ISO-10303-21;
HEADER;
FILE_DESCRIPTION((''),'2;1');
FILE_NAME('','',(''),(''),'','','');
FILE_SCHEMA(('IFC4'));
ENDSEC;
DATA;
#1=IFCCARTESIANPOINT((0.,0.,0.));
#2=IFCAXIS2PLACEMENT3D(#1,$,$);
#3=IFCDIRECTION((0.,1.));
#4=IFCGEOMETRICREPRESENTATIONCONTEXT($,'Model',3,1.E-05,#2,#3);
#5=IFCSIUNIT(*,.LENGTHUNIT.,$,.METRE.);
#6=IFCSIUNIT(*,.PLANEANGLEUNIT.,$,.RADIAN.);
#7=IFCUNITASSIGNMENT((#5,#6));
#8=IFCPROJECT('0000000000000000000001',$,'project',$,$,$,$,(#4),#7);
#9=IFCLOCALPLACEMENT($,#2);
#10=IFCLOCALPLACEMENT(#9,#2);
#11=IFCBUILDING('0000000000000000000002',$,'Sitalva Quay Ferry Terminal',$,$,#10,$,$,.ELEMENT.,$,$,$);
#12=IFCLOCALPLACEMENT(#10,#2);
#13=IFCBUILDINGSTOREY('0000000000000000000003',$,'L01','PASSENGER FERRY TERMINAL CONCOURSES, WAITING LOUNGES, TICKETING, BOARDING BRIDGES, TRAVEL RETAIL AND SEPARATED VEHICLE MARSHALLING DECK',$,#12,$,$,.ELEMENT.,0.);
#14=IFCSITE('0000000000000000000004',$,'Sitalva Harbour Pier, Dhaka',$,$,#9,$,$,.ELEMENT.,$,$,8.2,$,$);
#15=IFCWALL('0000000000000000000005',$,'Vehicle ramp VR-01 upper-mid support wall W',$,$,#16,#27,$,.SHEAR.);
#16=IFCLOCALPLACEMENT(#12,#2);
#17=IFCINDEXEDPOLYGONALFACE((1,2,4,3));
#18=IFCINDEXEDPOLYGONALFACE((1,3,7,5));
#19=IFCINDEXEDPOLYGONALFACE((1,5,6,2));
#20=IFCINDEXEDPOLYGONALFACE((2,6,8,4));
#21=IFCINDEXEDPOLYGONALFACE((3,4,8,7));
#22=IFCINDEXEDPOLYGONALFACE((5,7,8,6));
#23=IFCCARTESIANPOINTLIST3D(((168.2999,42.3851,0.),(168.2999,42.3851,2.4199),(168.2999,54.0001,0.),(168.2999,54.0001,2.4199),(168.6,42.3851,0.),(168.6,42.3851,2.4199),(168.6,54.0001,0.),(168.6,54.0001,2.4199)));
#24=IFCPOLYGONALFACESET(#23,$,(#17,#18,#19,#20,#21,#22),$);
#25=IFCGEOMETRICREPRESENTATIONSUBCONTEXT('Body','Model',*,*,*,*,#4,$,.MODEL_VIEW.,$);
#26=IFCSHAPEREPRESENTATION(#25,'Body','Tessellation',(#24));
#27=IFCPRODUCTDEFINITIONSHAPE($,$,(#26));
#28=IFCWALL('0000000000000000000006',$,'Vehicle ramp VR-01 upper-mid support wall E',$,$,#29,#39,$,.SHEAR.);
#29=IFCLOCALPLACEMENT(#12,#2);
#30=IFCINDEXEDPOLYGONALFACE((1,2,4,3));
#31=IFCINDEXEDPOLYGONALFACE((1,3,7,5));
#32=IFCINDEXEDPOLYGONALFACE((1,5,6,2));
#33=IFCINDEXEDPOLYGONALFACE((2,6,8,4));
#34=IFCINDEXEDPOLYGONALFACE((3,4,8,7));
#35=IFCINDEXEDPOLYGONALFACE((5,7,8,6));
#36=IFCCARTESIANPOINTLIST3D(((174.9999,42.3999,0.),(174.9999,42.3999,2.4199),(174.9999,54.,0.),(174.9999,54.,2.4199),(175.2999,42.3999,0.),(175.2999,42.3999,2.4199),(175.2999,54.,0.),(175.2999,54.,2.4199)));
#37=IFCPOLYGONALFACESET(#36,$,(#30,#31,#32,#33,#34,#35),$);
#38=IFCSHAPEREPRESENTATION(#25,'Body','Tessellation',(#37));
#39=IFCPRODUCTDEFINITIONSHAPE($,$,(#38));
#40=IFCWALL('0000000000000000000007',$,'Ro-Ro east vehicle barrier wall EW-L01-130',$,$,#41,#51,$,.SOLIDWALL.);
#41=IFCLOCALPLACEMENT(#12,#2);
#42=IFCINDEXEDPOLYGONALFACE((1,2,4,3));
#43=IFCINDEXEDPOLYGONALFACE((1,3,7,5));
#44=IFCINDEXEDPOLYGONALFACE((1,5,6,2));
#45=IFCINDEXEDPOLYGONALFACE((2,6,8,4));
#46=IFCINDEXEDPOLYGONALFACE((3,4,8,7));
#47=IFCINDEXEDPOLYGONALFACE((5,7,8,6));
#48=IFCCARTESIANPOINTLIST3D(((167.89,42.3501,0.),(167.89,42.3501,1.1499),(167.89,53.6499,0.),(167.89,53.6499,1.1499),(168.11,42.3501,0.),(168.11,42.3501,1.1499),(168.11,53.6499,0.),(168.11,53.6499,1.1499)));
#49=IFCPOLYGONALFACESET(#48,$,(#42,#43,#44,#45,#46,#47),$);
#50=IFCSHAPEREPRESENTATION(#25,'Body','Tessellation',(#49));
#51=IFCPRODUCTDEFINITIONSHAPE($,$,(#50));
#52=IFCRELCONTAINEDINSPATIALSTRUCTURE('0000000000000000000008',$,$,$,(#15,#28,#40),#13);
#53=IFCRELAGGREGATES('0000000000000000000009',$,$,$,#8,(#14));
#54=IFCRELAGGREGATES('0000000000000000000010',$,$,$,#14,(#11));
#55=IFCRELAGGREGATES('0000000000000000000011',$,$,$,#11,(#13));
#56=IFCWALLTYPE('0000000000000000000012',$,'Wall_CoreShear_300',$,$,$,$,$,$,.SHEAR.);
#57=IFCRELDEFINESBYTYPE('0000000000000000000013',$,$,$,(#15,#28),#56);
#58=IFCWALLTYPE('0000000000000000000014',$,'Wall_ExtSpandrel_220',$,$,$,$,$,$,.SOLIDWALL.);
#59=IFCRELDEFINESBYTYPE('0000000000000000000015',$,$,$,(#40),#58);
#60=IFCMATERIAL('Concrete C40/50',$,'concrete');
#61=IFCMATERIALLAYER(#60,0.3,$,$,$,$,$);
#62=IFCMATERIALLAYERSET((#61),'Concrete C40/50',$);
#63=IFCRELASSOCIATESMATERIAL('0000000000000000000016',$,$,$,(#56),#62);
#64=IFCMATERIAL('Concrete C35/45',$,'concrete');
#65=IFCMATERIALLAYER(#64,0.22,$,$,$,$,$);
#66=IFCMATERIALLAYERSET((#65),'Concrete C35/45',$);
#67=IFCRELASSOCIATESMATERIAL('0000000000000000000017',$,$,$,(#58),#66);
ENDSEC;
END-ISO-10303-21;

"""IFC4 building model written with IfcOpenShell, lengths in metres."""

from ifc_helpers import new_model, si_unit, direction, frame, frame_2d, origin, place, context, subcontext, project, spatial, rectangle, extrude, material, layer, layer_set, type_object, element, save


model = new_model("IFC4")

# Units and contexts
model_context = context("Model", 3, precision=1e-05, world=origin(), true_north=direction((0.0, 1.0)))
body_context = subcontext(model_context, "Body", "Model", "MODEL_VIEW")
ifc_project = project(units=[si_unit("LENGTHUNIT", "METRE"), si_unit("PLANEANGLEUNIT", "RADIAN")], contexts=[model_context])

# Site, building, storey
site_placement = place(None, origin())
site = spatial("IfcSite", under=ifc_project, at=site_placement, Name="Sitalva Harbour Pier, Dhaka", CompositionType="ELEMENT", RefElevation=8.2)
building_placement = place(site_placement, origin())
building = spatial("IfcBuilding", under=site, at=building_placement, Name="Sitalva Quay Ferry Terminal", CompositionType="ELEMENT")
storey_placement = place(building_placement, origin())
storey = spatial("IfcBuildingStorey", under=building, at=storey_placement, Name="L01", Description="PASSENGER FERRY TERMINAL CONCOURSES, WAITING LOUNGES, TICKETING, BOARDING BRIDGES, TRAVEL RETAIL AND SEPARATED VEHICLE MARSHALLING DECK", CompositionType="ELEMENT", Elevation=0.0)

# Walls
ifc_material_1 = material(Name="Concrete C40/50", Category="concrete")
ifc_layer_1 = layer(ifc_material_1, 0.3)
ifc_layer_set_1 = layer_set([ifc_layer_1], Name="Concrete C40/50")
wall_type_1 = type_object("IfcWallType", Name="Wall_CoreShear_300", PredefinedType="SHEAR", material=ifc_layer_set_1)
wall_1_placement = place(storey_placement, frame((168.45, 42.385, 0.0), z_axis=(0.0, 0.0, 1.0), x_axis=(0.0, 1.0, 0.0)))
element("IfcWall", 1, at=wall_1_placement, inside=storey, type_object=wall_type_1, Name="Vehicle ramp VR-01 upper-mid support wall W", PredefinedType="SHEAR", context=body_context, shape_type="SweptSolid", body=[
    extrude(rectangle(XDim=11.615, YDim=0.3, at=frame_2d((5.8076, 0.0))), origin(), (0.0, 0.0, 1.0), 2.4199),
])
wall_2_placement = place(storey_placement, frame((175.1499, 42.3999, 0.0), z_axis=(0.0, 0.0, 1.0), x_axis=(0.0, 1.0, 0.0)))
element("IfcWall", 2, at=wall_2_placement, inside=storey, type_object=wall_type_1, Name="Vehicle ramp VR-01 upper-mid support wall E", PredefinedType="SHEAR", context=body_context, shape_type="SweptSolid", body=[
    extrude(rectangle(XDim=11.6001, YDim=0.3, at=frame_2d((5.8, 0.0))), origin(), (0.0, 0.0, 1.0), 2.4199),
])
ifc_material_2 = material(Name="Concrete C35/45", Category="concrete")
ifc_layer_2 = layer(ifc_material_2, 0.22)
ifc_layer_set_2 = layer_set([ifc_layer_2], Name="Concrete C35/45")
wall_type_2 = type_object("IfcWallType", Name="Wall_ExtSpandrel_220", PredefinedType="SOLIDWALL", material=ifc_layer_set_2)
wall_3_placement = place(storey_placement, frame((168.0, 42.3501, 0.0), z_axis=(0.0, 0.0, 1.0), x_axis=(0.0, 1.0, 0.0)))
element("IfcWall", 3, at=wall_3_placement, inside=storey, type_object=wall_type_2, Name="Ro-Ro east vehicle barrier wall EW-L01-130", PredefinedType="SOLIDWALL", context=body_context, shape_type="SweptSolid", body=[
    extrude(rectangle(XDim=11.2998, YDim=0.22, at=frame_2d((5.6499, 0.0))), origin(), (0.0, 0.0, 1.0), 1.1499),
])

save(model, "model.ifc")
